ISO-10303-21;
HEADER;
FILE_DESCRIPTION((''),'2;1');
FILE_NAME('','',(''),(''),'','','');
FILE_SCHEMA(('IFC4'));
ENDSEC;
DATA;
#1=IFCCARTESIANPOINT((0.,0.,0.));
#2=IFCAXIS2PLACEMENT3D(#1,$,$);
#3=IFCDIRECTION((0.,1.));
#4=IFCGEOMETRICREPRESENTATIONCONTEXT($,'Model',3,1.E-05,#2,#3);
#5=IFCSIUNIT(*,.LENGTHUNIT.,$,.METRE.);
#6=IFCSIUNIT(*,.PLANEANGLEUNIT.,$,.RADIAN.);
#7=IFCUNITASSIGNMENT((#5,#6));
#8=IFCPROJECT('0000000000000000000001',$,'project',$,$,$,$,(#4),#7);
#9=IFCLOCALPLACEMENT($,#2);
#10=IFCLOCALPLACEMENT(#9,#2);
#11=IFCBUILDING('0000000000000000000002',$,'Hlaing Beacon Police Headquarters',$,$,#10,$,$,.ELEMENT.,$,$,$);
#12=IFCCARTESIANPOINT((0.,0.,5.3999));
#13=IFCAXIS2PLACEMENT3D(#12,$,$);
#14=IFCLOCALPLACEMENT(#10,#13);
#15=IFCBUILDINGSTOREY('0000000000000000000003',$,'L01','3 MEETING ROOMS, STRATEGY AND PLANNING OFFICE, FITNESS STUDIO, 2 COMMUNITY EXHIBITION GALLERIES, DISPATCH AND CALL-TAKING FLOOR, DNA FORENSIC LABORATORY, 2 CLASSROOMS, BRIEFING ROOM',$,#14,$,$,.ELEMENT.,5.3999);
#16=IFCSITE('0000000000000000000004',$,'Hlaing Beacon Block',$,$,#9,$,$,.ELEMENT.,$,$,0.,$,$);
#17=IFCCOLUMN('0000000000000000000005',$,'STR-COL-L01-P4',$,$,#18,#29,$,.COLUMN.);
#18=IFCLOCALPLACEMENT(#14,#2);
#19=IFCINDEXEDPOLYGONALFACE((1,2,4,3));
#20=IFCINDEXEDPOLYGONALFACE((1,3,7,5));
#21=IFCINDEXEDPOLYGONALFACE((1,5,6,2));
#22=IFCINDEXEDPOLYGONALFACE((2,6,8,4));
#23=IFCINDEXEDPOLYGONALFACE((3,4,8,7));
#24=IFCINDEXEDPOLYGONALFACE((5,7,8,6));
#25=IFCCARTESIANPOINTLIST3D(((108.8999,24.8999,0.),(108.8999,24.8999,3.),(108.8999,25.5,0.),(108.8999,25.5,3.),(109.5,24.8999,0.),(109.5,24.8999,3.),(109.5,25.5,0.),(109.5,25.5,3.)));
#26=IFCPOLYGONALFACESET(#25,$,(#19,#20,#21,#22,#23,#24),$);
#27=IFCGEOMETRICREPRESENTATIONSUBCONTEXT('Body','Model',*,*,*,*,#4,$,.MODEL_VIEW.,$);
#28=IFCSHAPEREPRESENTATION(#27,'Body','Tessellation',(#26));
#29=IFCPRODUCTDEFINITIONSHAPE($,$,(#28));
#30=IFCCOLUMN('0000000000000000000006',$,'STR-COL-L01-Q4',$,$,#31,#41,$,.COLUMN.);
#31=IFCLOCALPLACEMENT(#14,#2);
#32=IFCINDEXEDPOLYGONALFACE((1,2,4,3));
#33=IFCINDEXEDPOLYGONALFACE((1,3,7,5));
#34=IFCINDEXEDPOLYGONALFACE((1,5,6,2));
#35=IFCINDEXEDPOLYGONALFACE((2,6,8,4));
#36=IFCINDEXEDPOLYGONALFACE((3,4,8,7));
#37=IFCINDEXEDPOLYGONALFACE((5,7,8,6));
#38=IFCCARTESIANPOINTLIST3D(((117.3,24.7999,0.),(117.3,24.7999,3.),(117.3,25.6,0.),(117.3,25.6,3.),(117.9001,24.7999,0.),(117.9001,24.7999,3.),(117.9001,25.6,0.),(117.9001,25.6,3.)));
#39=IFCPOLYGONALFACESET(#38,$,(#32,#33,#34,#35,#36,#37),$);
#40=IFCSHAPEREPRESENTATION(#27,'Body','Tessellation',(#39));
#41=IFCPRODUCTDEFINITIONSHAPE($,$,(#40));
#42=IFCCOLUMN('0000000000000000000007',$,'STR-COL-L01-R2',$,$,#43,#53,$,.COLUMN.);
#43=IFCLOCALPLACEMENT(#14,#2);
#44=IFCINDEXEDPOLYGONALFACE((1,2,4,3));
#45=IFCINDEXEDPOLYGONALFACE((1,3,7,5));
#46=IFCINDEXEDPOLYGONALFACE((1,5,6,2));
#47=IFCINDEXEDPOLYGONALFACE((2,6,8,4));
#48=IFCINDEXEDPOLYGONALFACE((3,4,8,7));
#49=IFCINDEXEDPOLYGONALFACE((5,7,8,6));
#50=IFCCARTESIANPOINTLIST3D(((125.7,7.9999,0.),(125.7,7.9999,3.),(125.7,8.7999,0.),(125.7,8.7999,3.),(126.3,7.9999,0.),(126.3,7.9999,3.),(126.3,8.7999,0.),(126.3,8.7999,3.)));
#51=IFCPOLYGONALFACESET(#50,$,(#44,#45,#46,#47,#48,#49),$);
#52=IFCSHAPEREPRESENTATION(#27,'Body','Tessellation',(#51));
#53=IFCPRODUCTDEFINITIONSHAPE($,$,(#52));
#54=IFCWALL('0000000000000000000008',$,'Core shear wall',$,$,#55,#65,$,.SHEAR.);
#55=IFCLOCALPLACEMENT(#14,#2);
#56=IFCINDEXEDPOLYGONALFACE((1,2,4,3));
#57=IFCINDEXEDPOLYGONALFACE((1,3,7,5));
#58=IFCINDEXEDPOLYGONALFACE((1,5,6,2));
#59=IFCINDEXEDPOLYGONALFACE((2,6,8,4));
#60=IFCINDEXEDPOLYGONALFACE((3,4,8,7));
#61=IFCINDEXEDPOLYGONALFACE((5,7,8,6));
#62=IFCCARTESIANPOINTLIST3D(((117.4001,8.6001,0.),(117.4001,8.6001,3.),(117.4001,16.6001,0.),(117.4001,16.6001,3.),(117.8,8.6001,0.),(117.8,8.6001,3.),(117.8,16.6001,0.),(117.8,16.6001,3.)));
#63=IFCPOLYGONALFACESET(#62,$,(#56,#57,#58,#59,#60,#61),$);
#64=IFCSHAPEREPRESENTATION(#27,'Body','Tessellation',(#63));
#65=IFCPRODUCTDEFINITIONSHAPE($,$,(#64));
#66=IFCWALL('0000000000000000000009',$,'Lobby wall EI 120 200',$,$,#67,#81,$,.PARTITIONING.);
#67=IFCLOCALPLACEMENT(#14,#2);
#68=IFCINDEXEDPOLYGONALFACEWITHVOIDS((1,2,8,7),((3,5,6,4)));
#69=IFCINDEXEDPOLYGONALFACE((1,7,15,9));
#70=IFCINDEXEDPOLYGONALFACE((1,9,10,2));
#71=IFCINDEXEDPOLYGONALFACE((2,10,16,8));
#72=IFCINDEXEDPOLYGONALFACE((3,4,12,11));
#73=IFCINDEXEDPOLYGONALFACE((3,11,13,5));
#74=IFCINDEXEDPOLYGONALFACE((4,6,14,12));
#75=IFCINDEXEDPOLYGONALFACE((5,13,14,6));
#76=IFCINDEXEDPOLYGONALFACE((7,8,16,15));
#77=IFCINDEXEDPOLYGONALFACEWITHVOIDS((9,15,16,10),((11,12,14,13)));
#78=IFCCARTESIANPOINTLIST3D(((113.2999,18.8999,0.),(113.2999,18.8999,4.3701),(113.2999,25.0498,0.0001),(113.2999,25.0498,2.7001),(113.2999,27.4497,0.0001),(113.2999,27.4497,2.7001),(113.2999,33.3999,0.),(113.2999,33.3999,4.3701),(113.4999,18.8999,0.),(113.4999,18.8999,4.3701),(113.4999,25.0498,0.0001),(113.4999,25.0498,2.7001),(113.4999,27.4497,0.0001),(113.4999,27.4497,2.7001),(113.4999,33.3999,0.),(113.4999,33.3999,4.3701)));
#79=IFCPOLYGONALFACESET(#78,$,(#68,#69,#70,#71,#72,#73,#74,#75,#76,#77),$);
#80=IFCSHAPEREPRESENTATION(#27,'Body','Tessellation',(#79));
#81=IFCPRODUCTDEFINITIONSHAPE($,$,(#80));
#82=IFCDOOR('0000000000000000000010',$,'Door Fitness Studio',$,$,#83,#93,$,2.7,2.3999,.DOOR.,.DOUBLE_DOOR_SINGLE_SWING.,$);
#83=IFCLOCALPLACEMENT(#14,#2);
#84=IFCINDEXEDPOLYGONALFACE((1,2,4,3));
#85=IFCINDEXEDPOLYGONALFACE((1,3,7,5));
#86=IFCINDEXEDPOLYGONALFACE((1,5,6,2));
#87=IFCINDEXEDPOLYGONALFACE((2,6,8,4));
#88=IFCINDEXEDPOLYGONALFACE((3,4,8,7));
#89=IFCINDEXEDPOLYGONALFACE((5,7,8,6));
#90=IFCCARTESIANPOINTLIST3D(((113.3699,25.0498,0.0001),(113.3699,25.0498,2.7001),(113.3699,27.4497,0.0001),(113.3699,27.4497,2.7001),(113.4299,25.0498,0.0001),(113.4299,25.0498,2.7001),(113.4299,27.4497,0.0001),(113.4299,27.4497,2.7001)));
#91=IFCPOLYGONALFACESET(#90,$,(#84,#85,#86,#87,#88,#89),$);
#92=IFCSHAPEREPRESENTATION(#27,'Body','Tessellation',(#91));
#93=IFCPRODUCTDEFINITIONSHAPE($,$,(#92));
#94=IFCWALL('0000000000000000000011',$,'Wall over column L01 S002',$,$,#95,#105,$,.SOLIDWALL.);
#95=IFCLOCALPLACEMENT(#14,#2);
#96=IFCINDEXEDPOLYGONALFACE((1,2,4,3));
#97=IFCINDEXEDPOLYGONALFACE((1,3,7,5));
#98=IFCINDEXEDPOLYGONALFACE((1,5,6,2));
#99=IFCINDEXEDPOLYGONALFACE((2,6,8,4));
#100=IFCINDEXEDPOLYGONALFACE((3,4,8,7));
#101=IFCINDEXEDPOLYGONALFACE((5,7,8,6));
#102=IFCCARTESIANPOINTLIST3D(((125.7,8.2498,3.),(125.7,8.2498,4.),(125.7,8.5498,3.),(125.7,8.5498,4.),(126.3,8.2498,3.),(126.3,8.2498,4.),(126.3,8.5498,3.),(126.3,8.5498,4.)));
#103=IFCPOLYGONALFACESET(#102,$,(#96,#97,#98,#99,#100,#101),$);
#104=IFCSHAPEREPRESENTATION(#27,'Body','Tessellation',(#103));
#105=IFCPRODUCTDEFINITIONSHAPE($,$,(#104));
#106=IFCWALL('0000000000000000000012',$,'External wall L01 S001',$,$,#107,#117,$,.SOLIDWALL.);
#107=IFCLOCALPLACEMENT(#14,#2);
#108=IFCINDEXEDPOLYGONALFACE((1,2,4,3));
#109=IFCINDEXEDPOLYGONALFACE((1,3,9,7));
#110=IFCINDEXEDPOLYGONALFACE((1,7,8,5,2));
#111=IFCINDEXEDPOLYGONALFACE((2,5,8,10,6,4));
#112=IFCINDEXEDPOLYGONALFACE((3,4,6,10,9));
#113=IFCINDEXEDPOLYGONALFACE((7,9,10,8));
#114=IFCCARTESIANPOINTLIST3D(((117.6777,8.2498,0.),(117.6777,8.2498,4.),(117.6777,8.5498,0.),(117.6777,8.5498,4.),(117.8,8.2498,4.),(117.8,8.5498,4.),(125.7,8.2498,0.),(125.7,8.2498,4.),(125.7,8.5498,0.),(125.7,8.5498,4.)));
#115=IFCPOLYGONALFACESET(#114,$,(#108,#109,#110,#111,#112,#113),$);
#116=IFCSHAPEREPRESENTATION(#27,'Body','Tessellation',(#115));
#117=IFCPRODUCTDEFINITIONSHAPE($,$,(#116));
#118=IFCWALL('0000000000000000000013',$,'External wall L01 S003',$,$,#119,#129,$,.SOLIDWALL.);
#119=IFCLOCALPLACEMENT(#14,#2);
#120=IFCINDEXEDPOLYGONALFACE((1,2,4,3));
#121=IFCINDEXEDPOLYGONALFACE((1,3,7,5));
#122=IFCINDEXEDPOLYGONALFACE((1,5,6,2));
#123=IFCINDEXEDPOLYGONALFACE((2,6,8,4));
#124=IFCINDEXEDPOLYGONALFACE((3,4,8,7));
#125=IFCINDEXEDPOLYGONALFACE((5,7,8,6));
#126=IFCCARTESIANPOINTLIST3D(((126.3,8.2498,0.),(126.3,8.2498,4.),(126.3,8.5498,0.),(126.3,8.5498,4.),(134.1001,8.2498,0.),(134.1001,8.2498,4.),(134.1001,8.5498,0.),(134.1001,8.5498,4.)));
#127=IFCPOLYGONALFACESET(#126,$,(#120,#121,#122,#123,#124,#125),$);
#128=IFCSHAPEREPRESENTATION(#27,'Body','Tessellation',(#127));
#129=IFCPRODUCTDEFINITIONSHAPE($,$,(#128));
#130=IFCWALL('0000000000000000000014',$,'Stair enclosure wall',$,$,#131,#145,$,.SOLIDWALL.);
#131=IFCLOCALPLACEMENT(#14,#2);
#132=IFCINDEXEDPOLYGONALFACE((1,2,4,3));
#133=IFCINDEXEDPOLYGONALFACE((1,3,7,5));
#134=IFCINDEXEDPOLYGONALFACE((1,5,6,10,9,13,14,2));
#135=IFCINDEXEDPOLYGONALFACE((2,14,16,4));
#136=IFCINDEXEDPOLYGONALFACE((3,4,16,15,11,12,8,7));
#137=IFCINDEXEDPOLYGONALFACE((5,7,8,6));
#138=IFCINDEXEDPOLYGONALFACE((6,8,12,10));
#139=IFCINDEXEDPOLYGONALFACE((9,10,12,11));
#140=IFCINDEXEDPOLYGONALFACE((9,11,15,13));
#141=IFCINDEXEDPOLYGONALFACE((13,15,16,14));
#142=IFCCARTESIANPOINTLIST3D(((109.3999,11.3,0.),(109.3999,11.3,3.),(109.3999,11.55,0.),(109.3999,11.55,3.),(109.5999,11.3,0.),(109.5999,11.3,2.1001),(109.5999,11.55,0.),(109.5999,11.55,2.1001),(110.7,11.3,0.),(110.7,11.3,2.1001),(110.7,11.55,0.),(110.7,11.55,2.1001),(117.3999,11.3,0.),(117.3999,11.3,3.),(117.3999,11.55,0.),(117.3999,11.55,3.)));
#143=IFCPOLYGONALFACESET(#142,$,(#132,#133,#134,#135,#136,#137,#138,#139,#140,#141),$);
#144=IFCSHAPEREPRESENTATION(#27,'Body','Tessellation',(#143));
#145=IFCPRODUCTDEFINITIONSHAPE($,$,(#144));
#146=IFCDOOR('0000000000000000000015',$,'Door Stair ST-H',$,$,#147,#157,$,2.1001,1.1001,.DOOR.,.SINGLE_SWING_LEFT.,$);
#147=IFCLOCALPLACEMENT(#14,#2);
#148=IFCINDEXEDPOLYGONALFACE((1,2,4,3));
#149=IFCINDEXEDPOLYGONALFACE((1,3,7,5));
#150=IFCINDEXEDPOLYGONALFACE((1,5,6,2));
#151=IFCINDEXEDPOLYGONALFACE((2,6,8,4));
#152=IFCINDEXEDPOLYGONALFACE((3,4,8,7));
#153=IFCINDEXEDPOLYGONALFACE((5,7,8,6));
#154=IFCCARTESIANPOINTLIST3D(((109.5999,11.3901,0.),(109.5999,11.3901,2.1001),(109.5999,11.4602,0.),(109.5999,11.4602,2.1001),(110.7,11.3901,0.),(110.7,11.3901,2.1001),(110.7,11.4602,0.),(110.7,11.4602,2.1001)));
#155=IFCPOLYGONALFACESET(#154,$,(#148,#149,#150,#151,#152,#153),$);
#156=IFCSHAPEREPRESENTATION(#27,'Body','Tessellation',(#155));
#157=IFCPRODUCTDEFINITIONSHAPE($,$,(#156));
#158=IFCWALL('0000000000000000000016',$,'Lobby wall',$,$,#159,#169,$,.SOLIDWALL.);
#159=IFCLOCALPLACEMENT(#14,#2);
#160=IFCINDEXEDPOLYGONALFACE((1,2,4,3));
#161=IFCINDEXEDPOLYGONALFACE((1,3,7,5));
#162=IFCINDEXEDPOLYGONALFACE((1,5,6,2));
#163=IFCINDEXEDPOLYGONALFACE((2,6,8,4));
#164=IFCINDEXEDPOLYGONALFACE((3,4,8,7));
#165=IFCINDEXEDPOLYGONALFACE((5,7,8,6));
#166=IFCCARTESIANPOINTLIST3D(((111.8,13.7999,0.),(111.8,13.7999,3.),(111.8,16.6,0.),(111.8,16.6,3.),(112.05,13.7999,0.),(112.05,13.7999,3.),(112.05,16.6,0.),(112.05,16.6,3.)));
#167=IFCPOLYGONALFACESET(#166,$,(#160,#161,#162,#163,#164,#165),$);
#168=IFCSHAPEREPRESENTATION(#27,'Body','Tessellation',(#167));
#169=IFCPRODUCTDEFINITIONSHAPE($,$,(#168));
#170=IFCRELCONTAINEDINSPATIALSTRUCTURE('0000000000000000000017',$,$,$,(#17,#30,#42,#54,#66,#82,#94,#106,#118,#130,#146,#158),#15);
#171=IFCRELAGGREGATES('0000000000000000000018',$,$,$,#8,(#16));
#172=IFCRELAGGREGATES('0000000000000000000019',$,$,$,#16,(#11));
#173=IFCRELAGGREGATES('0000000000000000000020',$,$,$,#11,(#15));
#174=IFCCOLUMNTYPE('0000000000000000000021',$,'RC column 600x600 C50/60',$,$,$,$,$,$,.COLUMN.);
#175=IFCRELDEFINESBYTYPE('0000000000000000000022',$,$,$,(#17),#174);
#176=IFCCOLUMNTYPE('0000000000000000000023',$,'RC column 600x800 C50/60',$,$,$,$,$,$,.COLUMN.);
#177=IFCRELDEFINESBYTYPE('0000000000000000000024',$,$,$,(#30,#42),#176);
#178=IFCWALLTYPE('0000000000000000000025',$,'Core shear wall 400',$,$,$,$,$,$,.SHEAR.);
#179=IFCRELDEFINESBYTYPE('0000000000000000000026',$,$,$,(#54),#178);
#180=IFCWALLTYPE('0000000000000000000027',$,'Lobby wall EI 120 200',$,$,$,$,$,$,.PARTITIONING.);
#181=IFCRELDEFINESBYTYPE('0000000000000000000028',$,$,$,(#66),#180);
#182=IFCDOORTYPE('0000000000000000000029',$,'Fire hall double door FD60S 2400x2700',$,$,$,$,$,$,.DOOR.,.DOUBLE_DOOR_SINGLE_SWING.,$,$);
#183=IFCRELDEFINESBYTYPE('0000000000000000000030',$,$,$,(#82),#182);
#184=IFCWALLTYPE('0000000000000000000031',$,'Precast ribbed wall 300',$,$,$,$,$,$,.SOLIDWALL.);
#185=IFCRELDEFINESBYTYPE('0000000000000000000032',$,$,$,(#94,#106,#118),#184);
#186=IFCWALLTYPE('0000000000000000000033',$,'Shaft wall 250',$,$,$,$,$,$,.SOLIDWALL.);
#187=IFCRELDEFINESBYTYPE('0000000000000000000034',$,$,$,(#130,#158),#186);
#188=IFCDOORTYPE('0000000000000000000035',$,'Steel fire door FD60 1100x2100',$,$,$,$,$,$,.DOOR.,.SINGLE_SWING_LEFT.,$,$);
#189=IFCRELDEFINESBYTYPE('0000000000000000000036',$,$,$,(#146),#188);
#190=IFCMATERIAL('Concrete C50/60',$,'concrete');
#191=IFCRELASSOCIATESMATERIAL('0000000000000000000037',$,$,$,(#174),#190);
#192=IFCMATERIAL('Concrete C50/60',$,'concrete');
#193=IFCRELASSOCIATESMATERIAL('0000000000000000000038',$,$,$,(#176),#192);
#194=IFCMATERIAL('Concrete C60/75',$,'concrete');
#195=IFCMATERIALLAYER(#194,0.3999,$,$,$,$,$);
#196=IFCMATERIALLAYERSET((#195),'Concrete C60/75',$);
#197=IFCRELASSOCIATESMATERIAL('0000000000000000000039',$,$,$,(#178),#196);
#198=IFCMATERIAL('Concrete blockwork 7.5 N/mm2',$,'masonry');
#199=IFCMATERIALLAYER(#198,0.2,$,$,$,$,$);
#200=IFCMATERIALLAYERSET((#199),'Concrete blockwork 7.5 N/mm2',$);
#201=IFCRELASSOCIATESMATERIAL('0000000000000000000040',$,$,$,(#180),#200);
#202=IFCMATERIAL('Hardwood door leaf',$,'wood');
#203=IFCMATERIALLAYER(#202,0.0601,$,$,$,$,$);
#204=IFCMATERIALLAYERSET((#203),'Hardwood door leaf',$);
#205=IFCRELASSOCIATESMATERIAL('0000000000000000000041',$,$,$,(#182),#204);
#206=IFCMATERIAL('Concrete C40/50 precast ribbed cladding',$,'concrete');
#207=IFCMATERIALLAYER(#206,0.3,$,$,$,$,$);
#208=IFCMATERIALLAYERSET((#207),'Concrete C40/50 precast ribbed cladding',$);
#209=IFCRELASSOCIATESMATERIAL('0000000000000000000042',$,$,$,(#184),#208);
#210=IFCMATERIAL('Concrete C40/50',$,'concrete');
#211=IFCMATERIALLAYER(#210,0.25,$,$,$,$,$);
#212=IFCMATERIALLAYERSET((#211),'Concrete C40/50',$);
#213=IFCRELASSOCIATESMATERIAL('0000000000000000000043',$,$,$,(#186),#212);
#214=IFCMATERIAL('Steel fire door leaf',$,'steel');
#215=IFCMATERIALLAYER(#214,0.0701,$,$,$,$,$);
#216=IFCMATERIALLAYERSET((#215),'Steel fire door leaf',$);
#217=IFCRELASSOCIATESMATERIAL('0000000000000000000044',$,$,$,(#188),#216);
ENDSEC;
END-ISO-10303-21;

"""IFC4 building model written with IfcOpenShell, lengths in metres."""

from ifc_helpers import new_model, si_unit, direction, frame, frame_2d, origin, origin_2d, place, context, subcontext, project, spatial, polyline, rectangle, outline, extrude, material, layer, layer_set, material_profile, profile_set, type_object, element, fill, save


model = new_model("IFC4")

# Units and contexts
model_context = context("Model", 3, precision=1e-05, world=origin(), true_north=direction((0.0, 1.0)))
body_context = subcontext(model_context, "Body", "Model", "MODEL_VIEW")
ifc_project = project(units=[si_unit("LENGTHUNIT", "METRE"), si_unit("PLANEANGLEUNIT", "RADIAN")], contexts=[model_context])

# Site, building, storey
site_placement = place(None, origin())
site = spatial("IfcSite", under=ifc_project, at=site_placement, Name="Hlaing Beacon Block", CompositionType="ELEMENT", RefElevation=0.0)
building_placement = place(site_placement, origin())
building = spatial("IfcBuilding", under=site, at=building_placement, Name="Hlaing Beacon Police Headquarters", CompositionType="ELEMENT")
storey_placement = place(building_placement, frame((0.0, 0.0, 5.3999)))
storey = spatial("IfcBuildingStorey", under=building, at=storey_placement, Name="L01", Description="3 MEETING ROOMS, STRATEGY AND PLANNING OFFICE, FITNESS STUDIO, 2 COMMUNITY EXHIBITION GALLERIES, DISPATCH AND CALL-TAKING FLOOR, DNA FORENSIC LABORATORY, 2 CLASSROOMS, BRIEFING ROOM", CompositionType="ELEMENT", Elevation=5.3999)

# Columns
ifc_material_1 = material(Name="Concrete C50/60", Category="concrete")
ifc_material_profile_1 = material_profile(ifc_material_1, rectangle(XDim=0.6001, YDim=0.6001, at=origin_2d()), Name="600x600")
ifc_profile_set_1 = profile_set([ifc_material_profile_1], Name="Concrete C50/60")
column_type_1 = type_object("IfcColumnType", Name="RC column 600x600 C50/60", PredefinedType="COLUMN", material=ifc_profile_set_1)
column_placement = place(storey_placement, frame((109.2, 25.2, 0.0), z_axis=(0.0, 0.0, 1.0), x_axis=(1.0, 0.0, 0.0)))
element("IfcColumn", 1, at=column_placement, inside=storey, type_object=column_type_1, Name="STR-COL-L01-P4", PredefinedType="COLUMN", context=body_context, shape_type="SweptSolid", body=[
    extrude(rectangle(XDim=0.6001, YDim=0.6001, at=origin_2d()), origin(), (0.0, 0.0, 1.0), 3.0),
])
ifc_material_2 = material(Name="Concrete C50/60", Category="concrete")
ifc_material_profile_2 = material_profile(ifc_material_2, rectangle(XDim=0.6001, YDim=0.8, at=origin_2d()), Name="600x800")
ifc_profile_set_2 = profile_set([ifc_material_profile_2], Name="Concrete C50/60")
column_type_2 = type_object("IfcColumnType", Name="RC column 600x800 C50/60", PredefinedType="COLUMN", material=ifc_profile_set_2)
for number, where, z_axis, x_axis, name in (
    (2, (117.6001, 25.2, 0.0), (0.0, 0.0, 1.0), (1.0, 0.0, 0.0), "STR-COL-L01-Q4"),
    (3, (126.0, 8.3999, 0.0), (0.0, 0.0, 1.0), (1.0, 0.0, 0.0), "STR-COL-L01-R2"),
):
    element("IfcColumn", number, at=place(storey_placement, frame(where, z_axis=z_axis, x_axis=x_axis)), inside=storey, type_object=column_type_2, Name=name, PredefinedType="COLUMN", context=body_context, shape_type="SweptSolid", body=[
        extrude(rectangle(XDim=0.6001, YDim=0.8, at=origin_2d()), origin(), (0.0, 0.0, 1.0), 3.0),
    ])

# Wall
ifc_material_3 = material(Name="Concrete C60/75", Category="concrete")
ifc_layer_1 = layer(ifc_material_3, 0.3999)
ifc_layer_set_1 = layer_set([ifc_layer_1], Name="Concrete C60/75")
wall_type_1 = type_object("IfcWallType", Name="Core shear wall 400", PredefinedType="SHEAR", material=ifc_layer_set_1)
wall_1_placement = place(storey_placement, frame((117.6001, 8.6001, 0.0), z_axis=(0.0, 0.0, 1.0), x_axis=(0.0, 1.0, 0.0)))
element("IfcWall", 4, at=wall_1_placement, inside=storey, type_object=wall_type_1, Name="Core shear wall", PredefinedType="SHEAR", context=body_context, shape_type="SweptSolid", body=[
    extrude(rectangle(XDim=8.0, YDim=0.3999, at=frame_2d((4.0, 0.0))), origin(), (0.0, 0.0, 1.0), 3.0),
])

# Wall, opening, door
ifc_material_4 = material(Name="Concrete blockwork 7.5 N/mm2", Category="masonry")
ifc_layer_2 = layer(ifc_material_4, 0.2)
ifc_layer_set_2 = layer_set([ifc_layer_2], Name="Concrete blockwork 7.5 N/mm2")
wall_type_2 = type_object("IfcWallType", Name="Lobby wall EI 120 200", PredefinedType="PARTITIONING", material=ifc_layer_set_2)
wall_2_placement = place(storey_placement, frame((113.3999, 18.8999, 0.0), z_axis=(0.0, 0.0, 1.0), x_axis=(0.0, 1.0, 0.0)))
wall_2 = element("IfcWall", 5, at=wall_2_placement, inside=storey, type_object=wall_type_2, Name="Lobby wall EI 120 200", PredefinedType="PARTITIONING", context=body_context, shape_type="SweptSolid", body=[
    extrude(rectangle(XDim=14.5, YDim=0.2, at=frame_2d((7.25, 0.0))), origin(), (0.0, 0.0, 1.0), 4.3701),
])
opening_1_placement = place(wall_2_placement, frame((6.1499, 0.0, 0.0)))
opening_1 = element("IfcOpeningElement", 6, at=opening_1_placement, cuts=wall_2, PredefinedType="OPENING", context=body_context, shape_type="SweptSolid", body=[
    extrude(rectangle(XDim=2.3999, YDim=2.7, at=frame_2d((1.2, 1.3501))), frame((0.0, 0.1099, 0.0), z_axis=(0.0, -1.0, 0.0), x_axis=(1.0, 0.0, 0.0)), (0.0, 0.0, 1.0), 0.22),
])
ifc_material_5 = material(Name="Hardwood door leaf", Category="wood")
ifc_layer_3 = layer(ifc_material_5, 0.0601)
ifc_layer_set_3 = layer_set([ifc_layer_3], Name="Hardwood door leaf")
door_type_1 = type_object("IfcDoorType", Name="Fire hall double door FD60S 2400x2700", OperationType="DOUBLE_DOOR_SINGLE_SWING", PredefinedType="DOOR", material=ifc_layer_set_3)
door_1_placement = place(opening_1_placement, frame((2.3999, 0.0, 0.0), z_axis=(0.0, 0.0, 1.0), x_axis=(-1.0, 0.0, 0.0)))
door_1 = element("IfcDoor", 7, at=door_1_placement, inside=storey, type_object=door_type_1, Name="Door Fitness Studio", OperationType="DOUBLE_DOOR_SINGLE_SWING", OverallHeight=2.7, OverallWidth=2.3999, PredefinedType="DOOR", context=body_context, shape_type="SweptSolid", body=[
    extrude(rectangle(XDim=2.3999, YDim=2.7, at=frame_2d((1.2, 1.3501))), frame((0.0, 0.03, 0.0), z_axis=(0.0, -1.0, 0.0), x_axis=(1.0, 0.0, 0.0)), (0.0, 0.0, 1.0), 0.0601),
])
fill(opening_1, door_1)

# Walls
ifc_material_6 = material(Name="Concrete C40/50 precast ribbed cladding", Category="concrete")
ifc_layer_4 = layer(ifc_material_6, 0.3)
ifc_layer_set_4 = layer_set([ifc_layer_4], Name="Concrete C40/50 precast ribbed cladding")
wall_type_3 = type_object("IfcWallType", Name="Precast ribbed wall 300", PredefinedType="SOLIDWALL", material=ifc_layer_set_4)
wall_3_placement = place(storey_placement, frame((125.7, 8.3999, 3.0), z_axis=(0.0, 0.0, 1.0), x_axis=(1.0, 0.0, 0.0)))
element("IfcWall", 8, at=wall_3_placement, inside=storey, type_object=wall_type_3, Name="Wall over column L01 S002", PredefinedType="SOLIDWALL", context=body_context, shape_type="SweptSolid", body=[
    extrude(outline(polyline([(0.0, 0.0), (0.6001, 0.0), (0.6001, 1.0), (0.0, 1.0), (0.0, 0.0)])), frame((0.0, 0.1499, 0.0), z_axis=(0.0, -1.0, 0.0), x_axis=(1.0, 0.0, 0.0)), (0.0, 0.0, 1.0), 0.3),
])
wall_4_placement = place(storey_placement, frame((117.6777, 8.3999, 0.0), z_axis=(0.0, 0.0, 1.0), x_axis=(1.0, 0.0, 0.0)))
element("IfcWall", 9, at=wall_4_placement, inside=storey, type_object=wall_type_3, Name="External wall L01 S001", PredefinedType="SOLIDWALL", context=body_context, shape_type="SweptSolid", body=[
    extrude(outline(polyline([(0.0, 0.0), (8.0222, 0.0), (8.0222, 4.0), (0.1223, 4.0), (0.0, 4.0), (0.0, 0.0)])), frame((0.0, 0.1499, 0.0), z_axis=(0.0, -1.0, 0.0), x_axis=(1.0, 0.0, 0.0)), (0.0, 0.0, 1.0), 0.3),
])
wall_5_placement = place(storey_placement, frame((126.3, 8.3999, 0.0), z_axis=(0.0, 0.0, 1.0), x_axis=(1.0, 0.0, 0.0)))
element("IfcWall", 10, at=wall_5_placement, inside=storey, type_object=wall_type_3, Name="External wall L01 S003", PredefinedType="SOLIDWALL", context=body_context, shape_type="SweptSolid", body=[
    extrude(outline(polyline([(0.0, 0.0), (7.8, 0.0), (7.8, 4.0), (0.0, 4.0), (0.0, 0.0)])), frame((0.0, 0.1499, 0.0), z_axis=(0.0, -1.0, 0.0), x_axis=(1.0, 0.0, 0.0)), (0.0, 0.0, 1.0), 0.3),
])

# Wall, opening, door
ifc_material_7 = material(Name="Concrete C40/50", Category="concrete")
ifc_layer_5 = layer(ifc_material_7, 0.25)
ifc_layer_set_5 = layer_set([ifc_layer_5], Name="Concrete C40/50")
wall_type_4 = type_object("IfcWallType", Name="Shaft wall 250", PredefinedType="SOLIDWALL", material=ifc_layer_set_5)
wall_6_placement = place(storey_placement, frame((109.3999, 11.425, 0.0), z_axis=(0.0, 0.0, 1.0), x_axis=(1.0, 0.0, 0.0)))
wall_6 = element("IfcWall", 11, at=wall_6_placement, inside=storey, type_object=wall_type_4, Name="Stair enclosure wall", PredefinedType="SOLIDWALL", context=body_context, shape_type="SweptSolid", body=[
    extrude(rectangle(XDim=8.0, YDim=0.25, at=frame_2d((4.0, 0.0))), origin(), (0.0, 0.0, 1.0), 3.0),
])
opening_2_placement = place(wall_6_placement, frame((0.2, 0.0, 0.0)))
opening_2 = element("IfcOpeningElement", 12, at=opening_2_placement, cuts=wall_6, PredefinedType="OPENING", context=body_context, shape_type="SweptSolid", body=[
    extrude(rectangle(XDim=1.1001, YDim=2.1001, at=frame_2d((0.55, 1.05))), frame((0.0, 0.135, 0.0), z_axis=(0.0, -1.0, 0.0), x_axis=(1.0, 0.0, 0.0)), (0.0, 0.0, 1.0), 0.27),
])
ifc_material_8 = material(Name="Steel fire door leaf", Category="steel")
ifc_layer_6 = layer(ifc_material_8, 0.0701)
ifc_layer_set_6 = layer_set([ifc_layer_6], Name="Steel fire door leaf")
door_type_2 = type_object("IfcDoorType", Name="Steel fire door FD60 1100x2100", OperationType="SINGLE_SWING_LEFT", PredefinedType="DOOR", material=ifc_layer_set_6)
door_2_placement = place(opening_2_placement, frame((1.1001, 0.0, 0.0), z_axis=(0.0, 0.0, 1.0), x_axis=(-1.0, 0.0, 0.0)))
door_2 = element("IfcDoor", 13, at=door_2_placement, inside=storey, type_object=door_type_2, Name="Door Stair ST-H", OperationType="SINGLE_SWING_LEFT", OverallHeight=2.1001, OverallWidth=1.1001, PredefinedType="DOOR", context=body_context, shape_type="SweptSolid", body=[
    extrude(rectangle(XDim=1.1001, YDim=2.1001, at=frame_2d((0.55, 1.05))), frame((0.0, 0.0349, 0.0), z_axis=(0.0, -1.0, 0.0), x_axis=(1.0, 0.0, 0.0)), (0.0, 0.0, 1.0), 0.0701),
])
fill(opening_2, door_2)

# Wall
wall_7_placement = place(storey_placement, frame((111.925, 13.8, 0.0), z_axis=(0.0, 0.0, 1.0), x_axis=(0.0, 1.0, 0.0)))
element("IfcWall", 14, at=wall_7_placement, inside=storey, type_object=wall_type_4, Name="Lobby wall", PredefinedType="SOLIDWALL", context=body_context, shape_type="SweptSolid", body=[
    extrude(rectangle(XDim=2.8, YDim=0.25, at=frame_2d((1.3999, 0.0))), origin(), (0.0, 0.0, 1.0), 3.0),
])

save(model, "model.ifc")
